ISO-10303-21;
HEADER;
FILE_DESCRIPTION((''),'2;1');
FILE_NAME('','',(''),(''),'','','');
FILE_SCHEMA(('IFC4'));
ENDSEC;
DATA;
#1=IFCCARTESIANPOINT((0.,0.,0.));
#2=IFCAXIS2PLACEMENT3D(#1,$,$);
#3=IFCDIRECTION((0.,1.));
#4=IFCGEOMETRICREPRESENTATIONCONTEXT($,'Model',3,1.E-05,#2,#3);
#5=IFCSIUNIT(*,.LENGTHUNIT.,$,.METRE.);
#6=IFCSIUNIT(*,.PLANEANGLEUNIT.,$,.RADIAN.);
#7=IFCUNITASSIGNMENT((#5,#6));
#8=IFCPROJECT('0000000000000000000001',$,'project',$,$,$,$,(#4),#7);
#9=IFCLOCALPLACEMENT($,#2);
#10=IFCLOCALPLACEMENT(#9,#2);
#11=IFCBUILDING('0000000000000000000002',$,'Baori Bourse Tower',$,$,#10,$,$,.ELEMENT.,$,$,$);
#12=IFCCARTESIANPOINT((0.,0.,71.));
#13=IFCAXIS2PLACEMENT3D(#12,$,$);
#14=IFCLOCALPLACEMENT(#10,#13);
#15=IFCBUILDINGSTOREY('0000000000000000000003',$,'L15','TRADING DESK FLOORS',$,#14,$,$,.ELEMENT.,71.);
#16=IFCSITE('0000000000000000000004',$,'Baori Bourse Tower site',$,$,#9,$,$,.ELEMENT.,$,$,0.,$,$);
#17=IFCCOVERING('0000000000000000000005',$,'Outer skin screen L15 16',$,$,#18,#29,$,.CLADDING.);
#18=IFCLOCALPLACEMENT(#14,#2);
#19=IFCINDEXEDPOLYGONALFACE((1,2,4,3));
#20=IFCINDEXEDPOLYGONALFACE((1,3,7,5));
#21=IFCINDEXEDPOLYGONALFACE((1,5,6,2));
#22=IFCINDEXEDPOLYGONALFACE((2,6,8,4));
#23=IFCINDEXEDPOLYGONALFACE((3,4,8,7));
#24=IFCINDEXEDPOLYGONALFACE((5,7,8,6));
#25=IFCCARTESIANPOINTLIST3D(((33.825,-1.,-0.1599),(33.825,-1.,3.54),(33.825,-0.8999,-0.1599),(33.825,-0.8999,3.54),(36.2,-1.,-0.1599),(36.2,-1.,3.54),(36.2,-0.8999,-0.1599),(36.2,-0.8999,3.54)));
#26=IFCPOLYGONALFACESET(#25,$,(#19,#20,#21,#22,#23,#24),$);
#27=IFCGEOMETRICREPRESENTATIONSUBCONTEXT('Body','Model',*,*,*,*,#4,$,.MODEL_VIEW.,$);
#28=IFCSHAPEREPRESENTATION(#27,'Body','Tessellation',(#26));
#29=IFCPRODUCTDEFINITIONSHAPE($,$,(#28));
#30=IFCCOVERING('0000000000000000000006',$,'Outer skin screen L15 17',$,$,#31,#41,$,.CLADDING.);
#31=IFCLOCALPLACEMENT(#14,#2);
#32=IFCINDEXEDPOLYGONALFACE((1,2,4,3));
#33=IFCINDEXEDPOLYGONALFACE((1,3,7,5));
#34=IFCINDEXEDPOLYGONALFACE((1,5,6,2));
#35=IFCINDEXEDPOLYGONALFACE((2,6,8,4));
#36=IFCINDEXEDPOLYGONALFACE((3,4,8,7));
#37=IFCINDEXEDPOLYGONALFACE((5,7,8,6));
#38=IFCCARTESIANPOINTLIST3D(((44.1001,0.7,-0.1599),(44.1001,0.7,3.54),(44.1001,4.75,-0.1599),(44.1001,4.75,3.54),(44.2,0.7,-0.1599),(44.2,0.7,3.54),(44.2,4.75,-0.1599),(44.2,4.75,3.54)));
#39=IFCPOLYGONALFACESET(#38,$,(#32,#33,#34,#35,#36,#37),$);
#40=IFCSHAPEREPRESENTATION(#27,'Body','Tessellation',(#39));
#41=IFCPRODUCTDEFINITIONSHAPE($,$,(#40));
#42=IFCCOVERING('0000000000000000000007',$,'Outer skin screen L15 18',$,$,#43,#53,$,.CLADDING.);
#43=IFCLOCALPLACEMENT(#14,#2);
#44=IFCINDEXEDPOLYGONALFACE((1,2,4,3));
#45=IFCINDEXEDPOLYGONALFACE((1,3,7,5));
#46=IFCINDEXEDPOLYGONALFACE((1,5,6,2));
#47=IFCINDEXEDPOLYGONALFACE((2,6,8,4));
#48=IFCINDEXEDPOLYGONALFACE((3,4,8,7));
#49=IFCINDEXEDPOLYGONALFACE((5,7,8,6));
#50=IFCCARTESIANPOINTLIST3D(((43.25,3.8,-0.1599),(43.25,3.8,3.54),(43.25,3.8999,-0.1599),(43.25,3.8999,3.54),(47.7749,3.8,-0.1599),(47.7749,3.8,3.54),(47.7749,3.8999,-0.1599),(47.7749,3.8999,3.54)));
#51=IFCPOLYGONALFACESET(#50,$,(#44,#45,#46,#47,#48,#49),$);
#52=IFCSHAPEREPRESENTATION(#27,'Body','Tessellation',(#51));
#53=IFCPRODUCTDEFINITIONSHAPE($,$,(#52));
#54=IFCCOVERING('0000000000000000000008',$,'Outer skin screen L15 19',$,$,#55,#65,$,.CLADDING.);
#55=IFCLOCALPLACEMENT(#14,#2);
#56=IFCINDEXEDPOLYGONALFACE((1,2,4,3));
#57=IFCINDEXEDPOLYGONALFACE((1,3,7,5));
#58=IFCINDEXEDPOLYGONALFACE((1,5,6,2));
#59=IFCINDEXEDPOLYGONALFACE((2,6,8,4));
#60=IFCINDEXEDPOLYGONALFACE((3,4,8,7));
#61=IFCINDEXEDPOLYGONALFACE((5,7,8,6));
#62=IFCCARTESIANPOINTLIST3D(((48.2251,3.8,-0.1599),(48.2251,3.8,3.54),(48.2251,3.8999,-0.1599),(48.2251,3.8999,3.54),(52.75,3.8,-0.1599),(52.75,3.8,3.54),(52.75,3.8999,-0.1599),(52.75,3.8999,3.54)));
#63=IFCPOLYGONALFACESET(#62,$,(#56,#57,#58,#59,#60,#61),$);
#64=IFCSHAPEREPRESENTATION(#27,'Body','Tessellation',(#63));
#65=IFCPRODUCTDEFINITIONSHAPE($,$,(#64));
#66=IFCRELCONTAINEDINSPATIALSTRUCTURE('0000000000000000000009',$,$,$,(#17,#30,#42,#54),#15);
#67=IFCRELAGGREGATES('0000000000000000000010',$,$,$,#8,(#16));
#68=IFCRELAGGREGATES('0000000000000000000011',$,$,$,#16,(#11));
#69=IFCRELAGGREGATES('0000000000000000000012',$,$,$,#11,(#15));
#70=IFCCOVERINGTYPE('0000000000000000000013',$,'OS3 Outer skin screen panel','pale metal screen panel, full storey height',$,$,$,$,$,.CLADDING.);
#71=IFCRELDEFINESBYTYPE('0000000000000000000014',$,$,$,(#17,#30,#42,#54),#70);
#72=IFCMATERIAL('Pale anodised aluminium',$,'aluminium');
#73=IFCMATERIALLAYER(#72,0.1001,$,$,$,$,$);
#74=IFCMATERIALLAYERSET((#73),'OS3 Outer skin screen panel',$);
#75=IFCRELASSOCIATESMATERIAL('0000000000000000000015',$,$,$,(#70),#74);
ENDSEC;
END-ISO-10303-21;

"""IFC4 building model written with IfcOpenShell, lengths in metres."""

from ifc_helpers import new_model, si_unit, direction, frame, origin, place, context, subcontext, project, spatial, polyline, outline, extrude, material, layer, layer_set, type_object, element, save


model = new_model("IFC4")

# Units and contexts
model_context = context("Model", 3, precision=1e-05, world=origin(), true_north=direction((0.0, 1.0)))
body_context = subcontext(model_context, "Body", "Model", "MODEL_VIEW")
ifc_project = project(units=[si_unit("LENGTHUNIT", "METRE"), si_unit("PLANEANGLEUNIT", "RADIAN")], contexts=[model_context])

# Site, building, storey
site_placement = place(None, origin())
site = spatial("IfcSite", under=ifc_project, at=site_placement, Name="Baori Bourse Tower site", CompositionType="ELEMENT", RefElevation=0.0)
building_placement = place(site_placement, origin())
building = spatial("IfcBuilding", under=site, at=building_placement, Name="Baori Bourse Tower", CompositionType="ELEMENT")
storey_placement = place(building_placement, frame((0.0, 0.0, 71.0)))
storey = spatial("IfcBuildingStorey", under=building, at=storey_placement, Name="L15", Description="TRADING DESK FLOORS", CompositionType="ELEMENT", Elevation=71.0)

# Coverings
ifc_material_1 = material(Name="Pale anodised aluminium", Category="aluminium")
ifc_layer_1 = layer(ifc_material_1, 0.1001)
ifc_layer_set_1 = layer_set([ifc_layer_1], Name="OS3 Outer skin screen panel")
covering_type = type_object("IfcCoveringType", Name="OS3 Outer skin screen panel", Description="pale metal screen panel, full storey height", PredefinedType="CLADDING", material=ifc_layer_set_1)
covering_1_placement = place(storey_placement, frame((0.0, 0.0, -0.1599)))
element("IfcCovering", 1, at=covering_1_placement, inside=storey, type_object=covering_type, Name="Outer skin screen L15 16", PredefinedType="CLADDING", context=body_context, shape_type="SweptSolid", body=[
    extrude(outline(polyline([(36.2, -0.8999), (33.825, -0.8999), (33.825, -1.0), (36.2, -1.0), (36.2, -0.8999)])), origin(), (0.0, 0.0, 1.0), 3.7),
])
covering_2_placement = place(storey_placement, frame((0.0, 0.0, -0.1599)))
element("IfcCovering", 2, at=covering_2_placement, inside=storey, type_object=covering_type, Name="Outer skin screen L15 17", PredefinedType="CLADDING", context=body_context, shape_type="SweptSolid", body=[
    extrude(outline(polyline([(44.1001, 4.75), (44.1001, 0.7), (44.2, 0.7), (44.2, 4.75), (44.1001, 4.75)])), origin(), (0.0, 0.0, 1.0), 3.7),
])
covering_3_placement = place(storey_placement, frame((0.0, 0.0, -0.1599)))
element("IfcCovering", 3, at=covering_3_placement, inside=storey, type_object=covering_type, Name="Outer skin screen L15 18", PredefinedType="CLADDING", context=body_context, shape_type="SweptSolid", body=[
    extrude(outline(polyline([(47.7749, 3.8999), (43.25, 3.8999), (43.25, 3.8), (47.7749, 3.8), (47.7749, 3.8999)])), origin(), (0.0, 0.0, 1.0), 3.7),
])
covering_4_placement = place(storey_placement, frame((0.0, 0.0, -0.1599)))
element("IfcCovering", 4, at=covering_4_placement, inside=storey, type_object=covering_type, Name="Outer skin screen L15 19", PredefinedType="CLADDING", context=body_context, shape_type="SweptSolid", body=[
    extrude(outline(polyline([(52.75, 3.8999), (48.2251, 3.8999), (48.2251, 3.8), (52.75, 3.8), (52.75, 3.8999)])), origin(), (0.0, 0.0, 1.0), 3.7),
])

save(model, "model.ifc")
